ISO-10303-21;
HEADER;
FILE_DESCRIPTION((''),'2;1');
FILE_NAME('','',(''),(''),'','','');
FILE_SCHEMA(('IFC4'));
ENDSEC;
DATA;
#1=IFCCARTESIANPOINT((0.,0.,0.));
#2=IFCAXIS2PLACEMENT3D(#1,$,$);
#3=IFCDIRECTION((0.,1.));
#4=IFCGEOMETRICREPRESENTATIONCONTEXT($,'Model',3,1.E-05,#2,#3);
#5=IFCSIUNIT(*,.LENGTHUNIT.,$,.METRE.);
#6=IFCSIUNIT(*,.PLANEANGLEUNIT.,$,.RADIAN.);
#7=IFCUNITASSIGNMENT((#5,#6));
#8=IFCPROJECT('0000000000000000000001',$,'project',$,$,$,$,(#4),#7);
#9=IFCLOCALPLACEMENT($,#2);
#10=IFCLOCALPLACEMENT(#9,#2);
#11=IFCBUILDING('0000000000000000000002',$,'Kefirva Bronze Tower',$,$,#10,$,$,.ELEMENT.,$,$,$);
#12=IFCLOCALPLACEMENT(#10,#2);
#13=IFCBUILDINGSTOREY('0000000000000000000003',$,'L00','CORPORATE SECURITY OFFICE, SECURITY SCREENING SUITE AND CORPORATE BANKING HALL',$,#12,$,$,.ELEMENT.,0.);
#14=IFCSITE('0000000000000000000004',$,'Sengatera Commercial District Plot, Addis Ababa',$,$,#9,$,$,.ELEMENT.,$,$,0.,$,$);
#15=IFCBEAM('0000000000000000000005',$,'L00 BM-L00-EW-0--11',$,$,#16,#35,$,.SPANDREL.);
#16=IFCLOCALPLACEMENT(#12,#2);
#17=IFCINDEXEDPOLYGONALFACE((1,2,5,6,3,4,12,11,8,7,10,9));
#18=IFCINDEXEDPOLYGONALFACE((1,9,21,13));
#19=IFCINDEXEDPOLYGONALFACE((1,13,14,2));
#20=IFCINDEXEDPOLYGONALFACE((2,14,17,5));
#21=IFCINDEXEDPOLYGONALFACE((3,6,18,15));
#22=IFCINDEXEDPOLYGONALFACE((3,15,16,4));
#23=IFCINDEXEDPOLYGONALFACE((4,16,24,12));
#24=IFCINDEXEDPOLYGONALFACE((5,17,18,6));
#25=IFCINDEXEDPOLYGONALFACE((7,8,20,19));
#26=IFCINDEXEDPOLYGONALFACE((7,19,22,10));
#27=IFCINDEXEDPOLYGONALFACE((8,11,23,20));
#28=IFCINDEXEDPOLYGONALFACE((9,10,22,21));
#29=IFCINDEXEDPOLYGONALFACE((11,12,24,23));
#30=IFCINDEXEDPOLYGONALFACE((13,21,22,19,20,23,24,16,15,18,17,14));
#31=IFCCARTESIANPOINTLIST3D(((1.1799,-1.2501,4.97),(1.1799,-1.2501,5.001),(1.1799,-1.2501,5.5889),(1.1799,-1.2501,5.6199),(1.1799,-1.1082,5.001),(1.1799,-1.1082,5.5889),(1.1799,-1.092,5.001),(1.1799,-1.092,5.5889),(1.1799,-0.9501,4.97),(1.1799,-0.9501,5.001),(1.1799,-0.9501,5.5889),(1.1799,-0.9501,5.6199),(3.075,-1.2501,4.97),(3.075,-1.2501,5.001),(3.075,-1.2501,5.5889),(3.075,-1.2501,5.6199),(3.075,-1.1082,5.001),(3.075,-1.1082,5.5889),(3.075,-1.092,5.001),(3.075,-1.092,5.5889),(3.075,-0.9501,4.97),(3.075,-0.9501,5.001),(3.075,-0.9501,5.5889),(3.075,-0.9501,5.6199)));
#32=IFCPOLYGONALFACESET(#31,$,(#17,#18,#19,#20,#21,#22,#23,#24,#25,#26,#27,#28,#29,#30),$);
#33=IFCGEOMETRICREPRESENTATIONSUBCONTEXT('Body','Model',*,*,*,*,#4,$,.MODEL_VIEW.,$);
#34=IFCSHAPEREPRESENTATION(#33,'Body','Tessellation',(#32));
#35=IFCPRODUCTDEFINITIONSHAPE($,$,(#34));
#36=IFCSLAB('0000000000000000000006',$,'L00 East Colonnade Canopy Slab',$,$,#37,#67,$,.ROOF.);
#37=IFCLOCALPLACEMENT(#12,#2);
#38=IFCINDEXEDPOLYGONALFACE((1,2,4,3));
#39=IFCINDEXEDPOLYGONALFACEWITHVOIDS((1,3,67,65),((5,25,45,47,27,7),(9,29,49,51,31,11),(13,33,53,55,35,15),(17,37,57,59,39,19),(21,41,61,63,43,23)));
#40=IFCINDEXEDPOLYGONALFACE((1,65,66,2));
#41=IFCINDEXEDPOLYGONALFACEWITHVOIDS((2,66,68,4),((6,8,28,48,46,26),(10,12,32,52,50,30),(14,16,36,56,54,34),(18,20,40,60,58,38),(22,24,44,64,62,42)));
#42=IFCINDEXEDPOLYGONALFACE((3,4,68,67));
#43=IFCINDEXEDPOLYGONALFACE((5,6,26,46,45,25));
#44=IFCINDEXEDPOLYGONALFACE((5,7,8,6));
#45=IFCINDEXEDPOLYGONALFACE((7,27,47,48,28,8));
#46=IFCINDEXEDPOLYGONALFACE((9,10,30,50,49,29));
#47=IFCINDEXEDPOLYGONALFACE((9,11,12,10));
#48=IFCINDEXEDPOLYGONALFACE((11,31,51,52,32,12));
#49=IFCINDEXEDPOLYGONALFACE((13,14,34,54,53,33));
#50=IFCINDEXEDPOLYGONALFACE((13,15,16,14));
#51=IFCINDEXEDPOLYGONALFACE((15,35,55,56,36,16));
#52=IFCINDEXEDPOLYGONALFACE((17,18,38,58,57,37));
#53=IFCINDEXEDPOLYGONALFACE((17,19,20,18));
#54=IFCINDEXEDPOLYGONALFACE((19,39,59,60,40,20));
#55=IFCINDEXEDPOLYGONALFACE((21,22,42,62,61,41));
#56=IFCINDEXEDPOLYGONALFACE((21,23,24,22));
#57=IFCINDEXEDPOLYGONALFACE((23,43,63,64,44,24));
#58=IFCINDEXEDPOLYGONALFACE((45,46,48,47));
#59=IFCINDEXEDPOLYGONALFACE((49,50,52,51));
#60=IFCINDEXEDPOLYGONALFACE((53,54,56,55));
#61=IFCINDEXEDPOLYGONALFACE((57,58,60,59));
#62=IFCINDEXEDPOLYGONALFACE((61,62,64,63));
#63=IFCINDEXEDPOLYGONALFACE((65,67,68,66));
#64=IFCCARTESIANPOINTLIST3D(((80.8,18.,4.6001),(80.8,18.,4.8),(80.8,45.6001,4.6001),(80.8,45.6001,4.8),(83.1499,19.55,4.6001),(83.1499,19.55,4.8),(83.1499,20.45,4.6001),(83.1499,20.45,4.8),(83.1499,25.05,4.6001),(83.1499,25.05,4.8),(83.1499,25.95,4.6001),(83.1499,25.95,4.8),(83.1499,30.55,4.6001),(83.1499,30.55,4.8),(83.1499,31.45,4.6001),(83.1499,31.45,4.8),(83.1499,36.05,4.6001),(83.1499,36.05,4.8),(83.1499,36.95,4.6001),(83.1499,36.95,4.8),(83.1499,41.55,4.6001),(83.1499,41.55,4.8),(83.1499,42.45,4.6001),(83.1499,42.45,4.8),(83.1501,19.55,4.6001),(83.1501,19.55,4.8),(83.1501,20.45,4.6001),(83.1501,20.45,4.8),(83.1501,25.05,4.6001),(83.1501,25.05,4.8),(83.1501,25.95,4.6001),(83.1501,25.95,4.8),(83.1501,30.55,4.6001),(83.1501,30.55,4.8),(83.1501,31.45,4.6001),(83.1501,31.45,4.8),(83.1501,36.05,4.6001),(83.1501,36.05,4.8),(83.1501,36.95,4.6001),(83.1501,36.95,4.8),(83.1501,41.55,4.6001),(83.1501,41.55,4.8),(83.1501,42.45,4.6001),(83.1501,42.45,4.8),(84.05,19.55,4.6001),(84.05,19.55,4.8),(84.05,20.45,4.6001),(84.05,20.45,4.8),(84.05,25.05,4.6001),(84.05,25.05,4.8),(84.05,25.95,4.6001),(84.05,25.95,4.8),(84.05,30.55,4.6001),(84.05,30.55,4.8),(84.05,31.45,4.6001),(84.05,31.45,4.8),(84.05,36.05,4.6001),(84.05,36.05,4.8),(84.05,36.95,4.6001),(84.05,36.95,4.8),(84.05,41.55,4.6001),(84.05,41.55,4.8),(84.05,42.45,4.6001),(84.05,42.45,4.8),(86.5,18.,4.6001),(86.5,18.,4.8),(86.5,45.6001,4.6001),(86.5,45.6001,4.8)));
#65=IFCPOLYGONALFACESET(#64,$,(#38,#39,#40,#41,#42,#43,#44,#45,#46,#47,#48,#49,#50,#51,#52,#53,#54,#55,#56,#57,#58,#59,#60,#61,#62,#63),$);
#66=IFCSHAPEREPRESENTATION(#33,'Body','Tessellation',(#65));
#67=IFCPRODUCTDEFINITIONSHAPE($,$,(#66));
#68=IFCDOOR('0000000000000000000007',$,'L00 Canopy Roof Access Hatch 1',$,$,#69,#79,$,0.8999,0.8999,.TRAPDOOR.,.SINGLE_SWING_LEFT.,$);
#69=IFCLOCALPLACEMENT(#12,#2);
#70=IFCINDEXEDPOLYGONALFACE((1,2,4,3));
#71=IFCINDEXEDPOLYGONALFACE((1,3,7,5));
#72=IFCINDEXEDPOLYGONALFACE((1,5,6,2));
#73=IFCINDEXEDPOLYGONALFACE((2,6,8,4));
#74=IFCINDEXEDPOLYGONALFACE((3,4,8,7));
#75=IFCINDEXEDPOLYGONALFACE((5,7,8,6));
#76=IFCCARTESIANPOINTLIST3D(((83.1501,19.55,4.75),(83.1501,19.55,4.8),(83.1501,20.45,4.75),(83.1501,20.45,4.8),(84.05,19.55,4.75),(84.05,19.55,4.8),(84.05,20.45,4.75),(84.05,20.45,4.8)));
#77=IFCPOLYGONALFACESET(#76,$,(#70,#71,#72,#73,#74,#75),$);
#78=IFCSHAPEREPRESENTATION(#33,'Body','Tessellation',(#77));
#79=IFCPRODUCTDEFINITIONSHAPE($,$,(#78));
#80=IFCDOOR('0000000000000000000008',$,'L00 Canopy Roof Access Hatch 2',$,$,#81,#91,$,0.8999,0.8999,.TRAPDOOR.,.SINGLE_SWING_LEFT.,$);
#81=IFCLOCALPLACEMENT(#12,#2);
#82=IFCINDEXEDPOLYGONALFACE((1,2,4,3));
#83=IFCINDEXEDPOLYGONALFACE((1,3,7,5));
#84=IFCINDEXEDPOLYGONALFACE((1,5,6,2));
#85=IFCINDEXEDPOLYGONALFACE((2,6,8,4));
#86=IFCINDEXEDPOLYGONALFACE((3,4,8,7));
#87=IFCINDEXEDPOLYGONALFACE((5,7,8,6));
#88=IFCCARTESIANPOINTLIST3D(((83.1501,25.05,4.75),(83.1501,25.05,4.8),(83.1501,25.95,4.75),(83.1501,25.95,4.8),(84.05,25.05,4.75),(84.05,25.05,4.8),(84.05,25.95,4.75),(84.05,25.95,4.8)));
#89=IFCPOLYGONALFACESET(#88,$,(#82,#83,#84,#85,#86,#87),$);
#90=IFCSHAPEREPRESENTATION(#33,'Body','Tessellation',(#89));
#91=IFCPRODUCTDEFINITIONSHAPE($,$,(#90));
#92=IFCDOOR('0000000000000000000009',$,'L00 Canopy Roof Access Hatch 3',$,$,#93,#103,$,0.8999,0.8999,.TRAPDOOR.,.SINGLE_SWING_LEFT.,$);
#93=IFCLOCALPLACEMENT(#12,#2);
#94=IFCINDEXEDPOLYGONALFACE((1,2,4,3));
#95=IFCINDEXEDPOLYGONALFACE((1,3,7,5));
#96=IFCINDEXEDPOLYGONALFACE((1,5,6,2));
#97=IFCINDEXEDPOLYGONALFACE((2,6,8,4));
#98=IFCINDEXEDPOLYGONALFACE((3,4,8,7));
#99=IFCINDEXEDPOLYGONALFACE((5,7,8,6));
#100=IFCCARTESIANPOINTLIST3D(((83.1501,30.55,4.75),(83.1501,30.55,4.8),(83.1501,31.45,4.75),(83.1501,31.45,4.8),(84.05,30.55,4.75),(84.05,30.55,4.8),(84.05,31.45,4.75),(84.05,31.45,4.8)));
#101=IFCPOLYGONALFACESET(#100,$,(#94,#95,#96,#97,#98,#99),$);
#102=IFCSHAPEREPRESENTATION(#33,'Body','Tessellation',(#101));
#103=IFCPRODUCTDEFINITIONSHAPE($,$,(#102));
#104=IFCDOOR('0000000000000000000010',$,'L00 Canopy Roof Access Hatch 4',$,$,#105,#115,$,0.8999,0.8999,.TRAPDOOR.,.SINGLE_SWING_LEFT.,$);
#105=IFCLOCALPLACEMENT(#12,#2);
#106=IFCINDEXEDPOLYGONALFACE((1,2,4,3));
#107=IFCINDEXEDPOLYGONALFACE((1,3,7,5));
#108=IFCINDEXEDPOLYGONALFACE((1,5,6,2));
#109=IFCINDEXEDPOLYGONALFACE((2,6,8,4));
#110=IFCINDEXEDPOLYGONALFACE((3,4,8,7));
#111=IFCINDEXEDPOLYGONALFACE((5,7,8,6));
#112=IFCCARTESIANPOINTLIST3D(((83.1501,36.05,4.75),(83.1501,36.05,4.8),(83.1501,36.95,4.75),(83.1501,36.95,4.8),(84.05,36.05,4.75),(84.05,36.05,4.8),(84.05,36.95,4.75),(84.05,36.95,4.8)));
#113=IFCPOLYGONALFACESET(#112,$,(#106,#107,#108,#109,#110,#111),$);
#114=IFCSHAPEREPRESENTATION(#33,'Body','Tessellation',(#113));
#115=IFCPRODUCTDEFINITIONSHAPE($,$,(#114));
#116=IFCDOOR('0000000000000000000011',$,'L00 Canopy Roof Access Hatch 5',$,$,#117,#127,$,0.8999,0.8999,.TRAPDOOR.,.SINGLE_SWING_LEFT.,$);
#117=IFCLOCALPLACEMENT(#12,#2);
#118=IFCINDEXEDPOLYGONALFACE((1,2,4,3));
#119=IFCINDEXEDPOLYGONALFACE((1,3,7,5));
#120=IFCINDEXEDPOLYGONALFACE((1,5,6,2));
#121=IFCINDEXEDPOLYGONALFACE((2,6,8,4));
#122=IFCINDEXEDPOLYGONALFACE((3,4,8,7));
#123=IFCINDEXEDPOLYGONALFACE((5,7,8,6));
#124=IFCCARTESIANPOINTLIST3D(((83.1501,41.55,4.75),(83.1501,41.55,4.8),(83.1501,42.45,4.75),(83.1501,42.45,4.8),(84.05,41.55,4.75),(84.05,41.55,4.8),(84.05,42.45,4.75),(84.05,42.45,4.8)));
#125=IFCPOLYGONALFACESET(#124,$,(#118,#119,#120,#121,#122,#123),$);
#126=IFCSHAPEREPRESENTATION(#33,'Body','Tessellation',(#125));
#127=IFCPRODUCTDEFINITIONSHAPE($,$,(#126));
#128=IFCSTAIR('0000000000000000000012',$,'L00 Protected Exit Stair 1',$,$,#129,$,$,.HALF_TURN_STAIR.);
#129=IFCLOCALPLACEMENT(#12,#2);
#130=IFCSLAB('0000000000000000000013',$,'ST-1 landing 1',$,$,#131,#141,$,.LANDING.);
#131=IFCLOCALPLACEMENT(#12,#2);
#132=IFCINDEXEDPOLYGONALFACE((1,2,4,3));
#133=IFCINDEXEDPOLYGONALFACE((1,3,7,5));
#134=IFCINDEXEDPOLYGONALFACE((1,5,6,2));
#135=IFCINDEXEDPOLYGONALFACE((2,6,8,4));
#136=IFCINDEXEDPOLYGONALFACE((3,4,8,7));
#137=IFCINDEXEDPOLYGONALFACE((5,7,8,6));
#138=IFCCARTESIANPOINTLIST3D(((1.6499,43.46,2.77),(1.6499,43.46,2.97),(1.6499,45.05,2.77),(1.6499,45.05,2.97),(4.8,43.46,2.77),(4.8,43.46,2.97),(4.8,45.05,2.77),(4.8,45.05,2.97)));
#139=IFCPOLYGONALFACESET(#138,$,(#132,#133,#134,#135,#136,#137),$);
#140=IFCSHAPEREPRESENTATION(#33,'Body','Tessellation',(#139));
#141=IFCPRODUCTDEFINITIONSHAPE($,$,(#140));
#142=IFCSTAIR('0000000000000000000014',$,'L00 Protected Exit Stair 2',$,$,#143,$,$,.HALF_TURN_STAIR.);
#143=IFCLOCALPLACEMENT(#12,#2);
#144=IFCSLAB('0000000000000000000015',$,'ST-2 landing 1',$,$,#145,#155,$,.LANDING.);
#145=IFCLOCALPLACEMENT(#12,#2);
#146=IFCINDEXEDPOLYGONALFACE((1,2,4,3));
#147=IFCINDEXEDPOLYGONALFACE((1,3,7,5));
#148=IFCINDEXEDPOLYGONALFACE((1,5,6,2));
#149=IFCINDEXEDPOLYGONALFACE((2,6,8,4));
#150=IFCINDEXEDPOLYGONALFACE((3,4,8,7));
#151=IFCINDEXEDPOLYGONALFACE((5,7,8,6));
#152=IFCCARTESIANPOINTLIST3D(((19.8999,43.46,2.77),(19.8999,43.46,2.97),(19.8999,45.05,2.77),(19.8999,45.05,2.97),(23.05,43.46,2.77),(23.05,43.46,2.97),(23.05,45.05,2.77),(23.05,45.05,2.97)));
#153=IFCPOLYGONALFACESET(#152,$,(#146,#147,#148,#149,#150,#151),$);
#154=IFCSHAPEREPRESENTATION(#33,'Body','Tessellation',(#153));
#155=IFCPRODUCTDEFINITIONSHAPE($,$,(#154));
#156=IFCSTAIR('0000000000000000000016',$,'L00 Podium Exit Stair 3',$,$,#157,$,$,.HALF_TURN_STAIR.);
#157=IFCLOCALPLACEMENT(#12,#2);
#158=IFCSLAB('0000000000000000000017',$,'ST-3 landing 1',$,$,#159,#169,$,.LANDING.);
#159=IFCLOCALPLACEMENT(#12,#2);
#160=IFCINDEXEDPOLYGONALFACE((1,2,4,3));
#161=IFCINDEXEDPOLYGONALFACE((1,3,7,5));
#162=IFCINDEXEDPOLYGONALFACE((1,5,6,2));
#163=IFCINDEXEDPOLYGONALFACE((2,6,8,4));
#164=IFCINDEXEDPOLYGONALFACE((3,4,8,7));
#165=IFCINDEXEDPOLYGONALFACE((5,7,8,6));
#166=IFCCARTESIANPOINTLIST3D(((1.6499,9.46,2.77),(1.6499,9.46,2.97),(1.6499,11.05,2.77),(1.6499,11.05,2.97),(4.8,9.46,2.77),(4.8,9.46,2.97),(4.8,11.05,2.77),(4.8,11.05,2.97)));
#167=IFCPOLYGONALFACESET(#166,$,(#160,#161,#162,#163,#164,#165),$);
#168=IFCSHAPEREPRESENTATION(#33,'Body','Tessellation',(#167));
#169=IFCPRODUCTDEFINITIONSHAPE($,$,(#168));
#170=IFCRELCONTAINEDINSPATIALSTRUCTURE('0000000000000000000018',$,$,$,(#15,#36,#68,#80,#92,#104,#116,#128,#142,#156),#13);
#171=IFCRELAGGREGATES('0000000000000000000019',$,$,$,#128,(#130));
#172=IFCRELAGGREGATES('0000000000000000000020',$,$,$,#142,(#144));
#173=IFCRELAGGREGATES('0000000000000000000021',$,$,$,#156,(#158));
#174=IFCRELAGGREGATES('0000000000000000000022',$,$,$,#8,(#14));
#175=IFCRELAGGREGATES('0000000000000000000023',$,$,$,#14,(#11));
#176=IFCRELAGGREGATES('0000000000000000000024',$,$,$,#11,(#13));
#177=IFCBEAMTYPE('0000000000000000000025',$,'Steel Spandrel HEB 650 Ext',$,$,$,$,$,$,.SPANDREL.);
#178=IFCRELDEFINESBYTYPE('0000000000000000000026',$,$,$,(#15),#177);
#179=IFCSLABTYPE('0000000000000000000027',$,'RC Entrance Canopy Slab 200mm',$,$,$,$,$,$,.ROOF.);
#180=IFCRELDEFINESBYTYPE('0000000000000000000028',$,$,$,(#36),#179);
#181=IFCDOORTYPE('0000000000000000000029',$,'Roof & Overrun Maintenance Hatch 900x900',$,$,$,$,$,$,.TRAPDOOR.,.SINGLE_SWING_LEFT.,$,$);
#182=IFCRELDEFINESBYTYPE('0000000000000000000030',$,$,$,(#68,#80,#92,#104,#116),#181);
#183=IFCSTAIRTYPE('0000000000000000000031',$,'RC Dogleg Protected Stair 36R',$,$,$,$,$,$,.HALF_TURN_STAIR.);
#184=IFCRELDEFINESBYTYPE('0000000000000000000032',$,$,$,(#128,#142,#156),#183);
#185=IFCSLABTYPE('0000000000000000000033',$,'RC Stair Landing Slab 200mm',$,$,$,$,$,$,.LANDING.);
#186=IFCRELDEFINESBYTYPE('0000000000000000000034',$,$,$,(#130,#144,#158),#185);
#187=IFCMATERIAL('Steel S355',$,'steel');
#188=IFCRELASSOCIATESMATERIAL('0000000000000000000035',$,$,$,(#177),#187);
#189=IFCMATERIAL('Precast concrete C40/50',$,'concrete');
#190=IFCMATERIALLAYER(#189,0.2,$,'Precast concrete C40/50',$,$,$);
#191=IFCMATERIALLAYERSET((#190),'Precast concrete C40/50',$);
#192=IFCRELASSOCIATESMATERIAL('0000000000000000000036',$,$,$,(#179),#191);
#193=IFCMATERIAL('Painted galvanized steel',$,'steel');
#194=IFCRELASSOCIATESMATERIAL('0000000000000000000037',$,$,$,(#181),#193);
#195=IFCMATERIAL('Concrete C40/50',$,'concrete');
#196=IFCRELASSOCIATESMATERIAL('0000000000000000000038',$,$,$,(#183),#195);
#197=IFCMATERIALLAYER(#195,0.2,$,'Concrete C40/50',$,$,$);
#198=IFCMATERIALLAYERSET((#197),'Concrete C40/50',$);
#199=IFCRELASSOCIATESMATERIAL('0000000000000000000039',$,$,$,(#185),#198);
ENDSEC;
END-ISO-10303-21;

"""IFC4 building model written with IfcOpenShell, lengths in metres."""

from ifc_helpers import new_model, si_unit, direction, frame, origin, origin_2d, place, context, subcontext, project, spatial, polyline, rectangle, i_section, outline, extrude, material, layer, layer_set, material_profile, profile_set, type_object, element, fill, aggregate, save


model = new_model("IFC4")

# Units and contexts
model_context = context("Model", 3, precision=1e-05, world=origin(), true_north=direction((0.0, 1.0)))
body_context = subcontext(model_context, "Body", "Model", "MODEL_VIEW")
ifc_project = project(units=[si_unit("LENGTHUNIT", "METRE"), si_unit("PLANEANGLEUNIT", "RADIAN")], contexts=[model_context])

# Site, building, storey
site_placement = place(None, origin())
site = spatial("IfcSite", under=ifc_project, at=site_placement, Name="Sengatera Commercial District Plot, Addis Ababa", CompositionType="ELEMENT", RefElevation=0.0)
building_placement = place(site_placement, origin())
building = spatial("IfcBuilding", under=site, at=building_placement, Name="Kefirva Bronze Tower", CompositionType="ELEMENT")
storey_placement = place(building_placement, origin())
storey = spatial("IfcBuildingStorey", under=building, at=storey_placement, Name="L00", Description="CORPORATE SECURITY OFFICE, SECURITY SCREENING SUITE AND CORPORATE BANKING HALL", CompositionType="ELEMENT", Elevation=0.0)

# Beam
ifc_material_1 = material(Name="Steel S355", Category="steel")
ifc_material_profile = material_profile(ifc_material_1, i_section(OverallWidth=0.3, OverallDepth=0.6499, WebThickness=0.0161, FlangeThickness=0.031, at=origin_2d()), Name="HEB 650")
ifc_profile_set = profile_set([ifc_material_profile], Name="Steel S355")
beam_type = type_object("IfcBeamType", Name="Steel Spandrel HEB 650 Ext", PredefinedType="SPANDREL", material=ifc_profile_set)
beam_placement = place(storey_placement, frame((1.1799, -1.1001, 5.2949), z_axis=(1.0, 0.0, 0.0), x_axis=(0.0, 1.0, 0.0)))
element("IfcBeam", 1, at=beam_placement, inside=storey, type_object=beam_type, Name="L00 BM-L00-EW-0--11", PredefinedType="SPANDREL", context=body_context, shape_type="SweptSolid", body=[
    extrude(i_section(OverallWidth=0.3, OverallDepth=0.6499, WebThickness=0.0161, FlangeThickness=0.031, at=origin_2d()), origin(), (0.0, 0.0, 1.0), 1.895),
])

# Slab, openings, doors
ifc_material_2 = material(Name="Precast concrete C40/50", Category="concrete")
ifc_layer_1 = layer(ifc_material_2, 0.2, Name="Precast concrete C40/50")
ifc_layer_set_1 = layer_set([ifc_layer_1], Name="Precast concrete C40/50")
slab_type_1 = type_object("IfcSlabType", Name="RC Entrance Canopy Slab 200mm", PredefinedType="ROOF", material=ifc_layer_set_1)
slab_1_placement = place(storey_placement, frame((0.0, 0.0, 4.6001)))
slab_1 = element("IfcSlab", 2, at=slab_1_placement, inside=storey, type_object=slab_type_1, Name="L00 East Colonnade Canopy Slab", PredefinedType="ROOF", context=body_context, shape_type="SweptSolid", body=[
    extrude(outline(polyline([(80.8, 18.0), (86.5, 18.0), (86.5, 45.6001), (80.8, 45.6001), (80.8, 18.0)]), holes=[polyline([(83.1499, 19.55), (84.05, 19.55), (84.05, 20.45), (83.1499, 20.45), (83.1499, 19.55)]), polyline([(83.1499, 25.05), (84.05, 25.05), (84.05, 25.95), (83.1499, 25.95), (83.1499, 25.05)]), polyline([(83.1499, 30.55), (84.05, 30.55), (84.05, 31.45), (83.1499, 31.45), (83.1499, 30.55)]), polyline([(83.1499, 36.05), (84.05, 36.05), (84.05, 36.95), (83.1499, 36.95), (83.1499, 36.05)]), polyline([(83.1499, 41.55), (84.05, 41.55), (84.05, 42.45), (83.1499, 42.45), (83.1499, 41.55)])]), origin(), (0.0, 0.0, 1.0), 0.2),
])
opening_1_placement = place(slab_1_placement, frame((83.6001, 20.0, 0.0)))
opening_1 = element("IfcOpeningElement", 3, at=opening_1_placement, cuts=slab_1, PredefinedType="OPENING", context=body_context, shape_type="SweptSolid", body=[
    extrude(rectangle(XDim=0.8999, YDim=0.8999, at=origin_2d()), frame((0.0, 0.0, -0.01)), (0.0, 0.0, 1.0), 0.22),
])
opening_2_placement = place(slab_1_placement, frame((83.6001, 25.5, 0.0)))
opening_2 = element("IfcOpeningElement", 4, at=opening_2_placement, cuts=slab_1, PredefinedType="OPENING", context=body_context, shape_type="SweptSolid", body=[
    extrude(rectangle(XDim=0.8999, YDim=0.8999, at=origin_2d()), frame((0.0, 0.0, -0.01)), (0.0, 0.0, 1.0), 0.22),
])
opening_3_placement = place(slab_1_placement, frame((83.6001, 31.0, 0.0)))
opening_3 = element("IfcOpeningElement", 5, at=opening_3_placement, cuts=slab_1, PredefinedType="OPENING", context=body_context, shape_type="SweptSolid", body=[
    extrude(rectangle(XDim=0.8999, YDim=0.8999, at=origin_2d()), frame((0.0, 0.0, -0.01)), (0.0, 0.0, 1.0), 0.22),
])
opening_4_placement = place(slab_1_placement, frame((83.6001, 36.5, 0.0)))
opening_4 = element("IfcOpeningElement", 6, at=opening_4_placement, cuts=slab_1, PredefinedType="OPENING", context=body_context, shape_type="SweptSolid", body=[
    extrude(rectangle(XDim=0.8999, YDim=0.8999, at=origin_2d()), frame((0.0, 0.0, -0.01)), (0.0, 0.0, 1.0), 0.22),
])
opening_5_placement = place(slab_1_placement, frame((83.6001, 42.0, 0.0)))
opening_5 = element("IfcOpeningElement", 7, at=opening_5_placement, cuts=slab_1, PredefinedType="OPENING", context=body_context, shape_type="SweptSolid", body=[
    extrude(rectangle(XDim=0.8999, YDim=0.8999, at=origin_2d()), frame((0.0, 0.0, -0.01)), (0.0, 0.0, 1.0), 0.22),
])
ifc_material_3 = material(Name="Painted galvanized steel", Category="steel")
door_type = type_object("IfcDoorType", Name="Roof & Overrun Maintenance Hatch 900x900", OperationType="SINGLE_SWING_LEFT", PredefinedType="TRAPDOOR", material=ifc_material_3)
door_1_placement = place(opening_1_placement, frame((0.0, 0.0, 0.1499)))
door_1 = element("IfcDoor", 8, at=door_1_placement, inside=storey, type_object=door_type, Name="L00 Canopy Roof Access Hatch 1", OperationType="SINGLE_SWING_LEFT", OverallHeight=0.8999, OverallWidth=0.8999, PredefinedType="TRAPDOOR", context=body_context, shape_type="SweptSolid", body=[
    extrude(rectangle(XDim=0.8999, YDim=0.8999, at=origin_2d()), origin(), (0.0, 0.0, 1.0), 0.05),
])
fill(opening_1, door_1)
door_2_placement = place(opening_2_placement, frame((0.0, 0.0, 0.1499)))
door_2 = element("IfcDoor", 9, at=door_2_placement, inside=storey, type_object=door_type, Name="L00 Canopy Roof Access Hatch 2", OperationType="SINGLE_SWING_LEFT", OverallHeight=0.8999, OverallWidth=0.8999, PredefinedType="TRAPDOOR", context=body_context, shape_type="SweptSolid", body=[
    extrude(rectangle(XDim=0.8999, YDim=0.8999, at=origin_2d()), origin(), (0.0, 0.0, 1.0), 0.05),
])
fill(opening_2, door_2)
door_3_placement = place(opening_3_placement, frame((0.0, 0.0, 0.1499)))
door_3 = element("IfcDoor", 10, at=door_3_placement, inside=storey, type_object=door_type, Name="L00 Canopy Roof Access Hatch 3", OperationType="SINGLE_SWING_LEFT", OverallHeight=0.8999, OverallWidth=0.8999, PredefinedType="TRAPDOOR", context=body_context, shape_type="SweptSolid", body=[
    extrude(rectangle(XDim=0.8999, YDim=0.8999, at=origin_2d()), origin(), (0.0, 0.0, 1.0), 0.05),
])
fill(opening_3, door_3)
door_4_placement = place(opening_4_placement, frame((0.0, 0.0, 0.1499)))
door_4 = element("IfcDoor", 11, at=door_4_placement, inside=storey, type_object=door_type, Name="L00 Canopy Roof Access Hatch 4", OperationType="SINGLE_SWING_LEFT", OverallHeight=0.8999, OverallWidth=0.8999, PredefinedType="TRAPDOOR", context=body_context, shape_type="SweptSolid", body=[
    extrude(rectangle(XDim=0.8999, YDim=0.8999, at=origin_2d()), origin(), (0.0, 0.0, 1.0), 0.05),
])
fill(opening_4, door_4)
door_5_placement = place(opening_5_placement, frame((0.0, 0.0, 0.1499)))
door_5 = element("IfcDoor", 12, at=door_5_placement, inside=storey, type_object=door_type, Name="L00 Canopy Roof Access Hatch 5", OperationType="SINGLE_SWING_LEFT", OverallHeight=0.8999, OverallWidth=0.8999, PredefinedType="TRAPDOOR", context=body_context, shape_type="SweptSolid", body=[
    extrude(rectangle(XDim=0.8999, YDim=0.8999, at=origin_2d()), origin(), (0.0, 0.0, 1.0), 0.05),
])
fill(opening_5, door_5)

# Stairs, slabs
ifc_material_4 = material(Name="Concrete C40/50", Category="concrete")
stair_type = type_object("IfcStairType", Name="RC Dogleg Protected Stair 36R", PredefinedType="HALF_TURN_STAIR", material=ifc_material_4)
stair_1_placement = place(storey_placement, origin())
stair_1 = element("IfcStair", 13, at=stair_1_placement, inside=storey, type_object=stair_type, Name="L00 Protected Exit Stair 1", PredefinedType="HALF_TURN_STAIR")
ifc_layer_2 = layer(ifc_material_4, 0.2, Name="Concrete C40/50")
ifc_layer_set_2 = layer_set([ifc_layer_2], Name="Concrete C40/50")
slab_type_2 = type_object("IfcSlabType", Name="RC Stair Landing Slab 200mm", PredefinedType="LANDING", material=ifc_layer_set_2)
slab_2_placement = place(storey_placement, frame((0.0, 0.0, 2.77)))
slab_2 = element("IfcSlab", 14, at=slab_2_placement, type_object=slab_type_2, Name="ST-1 landing 1", PredefinedType="LANDING", context=body_context, shape_type="SweptSolid", body=[
    extrude(outline(polyline([(4.8, 43.46), (4.8, 45.05), (1.6499, 45.05), (1.6499, 43.46), (4.8, 43.46)])), origin(), (0.0, 0.0, 1.0), 0.2),
])
aggregate(stair_1, [slab_2])
stair_2_placement = place(storey_placement, origin())
stair_2 = element("IfcStair", 15, at=stair_2_placement, inside=storey, type_object=stair_type, Name="L00 Protected Exit Stair 2", PredefinedType="HALF_TURN_STAIR")
slab_3_placement = place(storey_placement, frame((0.0, 0.0, 2.77)))
slab_3 = element("IfcSlab", 16, at=slab_3_placement, type_object=slab_type_2, Name="ST-2 landing 1", PredefinedType="LANDING", context=body_context, shape_type="SweptSolid", body=[
    extrude(outline(polyline([(23.05, 43.46), (23.05, 45.05), (19.8999, 45.05), (19.8999, 43.46), (23.05, 43.46)])), origin(), (0.0, 0.0, 1.0), 0.2),
])
aggregate(stair_2, [slab_3])
stair_3_placement = place(storey_placement, origin())
stair_3 = element("IfcStair", 17, at=stair_3_placement, inside=storey, type_object=stair_type, Name="L00 Podium Exit Stair 3", PredefinedType="HALF_TURN_STAIR")
slab_4_placement = place(storey_placement, frame((0.0, 0.0, 2.77)))
slab_4 = element("IfcSlab", 18, at=slab_4_placement, type_object=slab_type_2, Name="ST-3 landing 1", PredefinedType="LANDING", context=body_context, shape_type="SweptSolid", body=[
    extrude(outline(polyline([(4.8, 9.46), (4.8, 11.05), (1.6499, 11.05), (1.6499, 9.46), (4.8, 9.46)])), origin(), (0.0, 0.0, 1.0), 0.2),
])
aggregate(stair_3, [slab_4])

save(model, "model.ifc")
